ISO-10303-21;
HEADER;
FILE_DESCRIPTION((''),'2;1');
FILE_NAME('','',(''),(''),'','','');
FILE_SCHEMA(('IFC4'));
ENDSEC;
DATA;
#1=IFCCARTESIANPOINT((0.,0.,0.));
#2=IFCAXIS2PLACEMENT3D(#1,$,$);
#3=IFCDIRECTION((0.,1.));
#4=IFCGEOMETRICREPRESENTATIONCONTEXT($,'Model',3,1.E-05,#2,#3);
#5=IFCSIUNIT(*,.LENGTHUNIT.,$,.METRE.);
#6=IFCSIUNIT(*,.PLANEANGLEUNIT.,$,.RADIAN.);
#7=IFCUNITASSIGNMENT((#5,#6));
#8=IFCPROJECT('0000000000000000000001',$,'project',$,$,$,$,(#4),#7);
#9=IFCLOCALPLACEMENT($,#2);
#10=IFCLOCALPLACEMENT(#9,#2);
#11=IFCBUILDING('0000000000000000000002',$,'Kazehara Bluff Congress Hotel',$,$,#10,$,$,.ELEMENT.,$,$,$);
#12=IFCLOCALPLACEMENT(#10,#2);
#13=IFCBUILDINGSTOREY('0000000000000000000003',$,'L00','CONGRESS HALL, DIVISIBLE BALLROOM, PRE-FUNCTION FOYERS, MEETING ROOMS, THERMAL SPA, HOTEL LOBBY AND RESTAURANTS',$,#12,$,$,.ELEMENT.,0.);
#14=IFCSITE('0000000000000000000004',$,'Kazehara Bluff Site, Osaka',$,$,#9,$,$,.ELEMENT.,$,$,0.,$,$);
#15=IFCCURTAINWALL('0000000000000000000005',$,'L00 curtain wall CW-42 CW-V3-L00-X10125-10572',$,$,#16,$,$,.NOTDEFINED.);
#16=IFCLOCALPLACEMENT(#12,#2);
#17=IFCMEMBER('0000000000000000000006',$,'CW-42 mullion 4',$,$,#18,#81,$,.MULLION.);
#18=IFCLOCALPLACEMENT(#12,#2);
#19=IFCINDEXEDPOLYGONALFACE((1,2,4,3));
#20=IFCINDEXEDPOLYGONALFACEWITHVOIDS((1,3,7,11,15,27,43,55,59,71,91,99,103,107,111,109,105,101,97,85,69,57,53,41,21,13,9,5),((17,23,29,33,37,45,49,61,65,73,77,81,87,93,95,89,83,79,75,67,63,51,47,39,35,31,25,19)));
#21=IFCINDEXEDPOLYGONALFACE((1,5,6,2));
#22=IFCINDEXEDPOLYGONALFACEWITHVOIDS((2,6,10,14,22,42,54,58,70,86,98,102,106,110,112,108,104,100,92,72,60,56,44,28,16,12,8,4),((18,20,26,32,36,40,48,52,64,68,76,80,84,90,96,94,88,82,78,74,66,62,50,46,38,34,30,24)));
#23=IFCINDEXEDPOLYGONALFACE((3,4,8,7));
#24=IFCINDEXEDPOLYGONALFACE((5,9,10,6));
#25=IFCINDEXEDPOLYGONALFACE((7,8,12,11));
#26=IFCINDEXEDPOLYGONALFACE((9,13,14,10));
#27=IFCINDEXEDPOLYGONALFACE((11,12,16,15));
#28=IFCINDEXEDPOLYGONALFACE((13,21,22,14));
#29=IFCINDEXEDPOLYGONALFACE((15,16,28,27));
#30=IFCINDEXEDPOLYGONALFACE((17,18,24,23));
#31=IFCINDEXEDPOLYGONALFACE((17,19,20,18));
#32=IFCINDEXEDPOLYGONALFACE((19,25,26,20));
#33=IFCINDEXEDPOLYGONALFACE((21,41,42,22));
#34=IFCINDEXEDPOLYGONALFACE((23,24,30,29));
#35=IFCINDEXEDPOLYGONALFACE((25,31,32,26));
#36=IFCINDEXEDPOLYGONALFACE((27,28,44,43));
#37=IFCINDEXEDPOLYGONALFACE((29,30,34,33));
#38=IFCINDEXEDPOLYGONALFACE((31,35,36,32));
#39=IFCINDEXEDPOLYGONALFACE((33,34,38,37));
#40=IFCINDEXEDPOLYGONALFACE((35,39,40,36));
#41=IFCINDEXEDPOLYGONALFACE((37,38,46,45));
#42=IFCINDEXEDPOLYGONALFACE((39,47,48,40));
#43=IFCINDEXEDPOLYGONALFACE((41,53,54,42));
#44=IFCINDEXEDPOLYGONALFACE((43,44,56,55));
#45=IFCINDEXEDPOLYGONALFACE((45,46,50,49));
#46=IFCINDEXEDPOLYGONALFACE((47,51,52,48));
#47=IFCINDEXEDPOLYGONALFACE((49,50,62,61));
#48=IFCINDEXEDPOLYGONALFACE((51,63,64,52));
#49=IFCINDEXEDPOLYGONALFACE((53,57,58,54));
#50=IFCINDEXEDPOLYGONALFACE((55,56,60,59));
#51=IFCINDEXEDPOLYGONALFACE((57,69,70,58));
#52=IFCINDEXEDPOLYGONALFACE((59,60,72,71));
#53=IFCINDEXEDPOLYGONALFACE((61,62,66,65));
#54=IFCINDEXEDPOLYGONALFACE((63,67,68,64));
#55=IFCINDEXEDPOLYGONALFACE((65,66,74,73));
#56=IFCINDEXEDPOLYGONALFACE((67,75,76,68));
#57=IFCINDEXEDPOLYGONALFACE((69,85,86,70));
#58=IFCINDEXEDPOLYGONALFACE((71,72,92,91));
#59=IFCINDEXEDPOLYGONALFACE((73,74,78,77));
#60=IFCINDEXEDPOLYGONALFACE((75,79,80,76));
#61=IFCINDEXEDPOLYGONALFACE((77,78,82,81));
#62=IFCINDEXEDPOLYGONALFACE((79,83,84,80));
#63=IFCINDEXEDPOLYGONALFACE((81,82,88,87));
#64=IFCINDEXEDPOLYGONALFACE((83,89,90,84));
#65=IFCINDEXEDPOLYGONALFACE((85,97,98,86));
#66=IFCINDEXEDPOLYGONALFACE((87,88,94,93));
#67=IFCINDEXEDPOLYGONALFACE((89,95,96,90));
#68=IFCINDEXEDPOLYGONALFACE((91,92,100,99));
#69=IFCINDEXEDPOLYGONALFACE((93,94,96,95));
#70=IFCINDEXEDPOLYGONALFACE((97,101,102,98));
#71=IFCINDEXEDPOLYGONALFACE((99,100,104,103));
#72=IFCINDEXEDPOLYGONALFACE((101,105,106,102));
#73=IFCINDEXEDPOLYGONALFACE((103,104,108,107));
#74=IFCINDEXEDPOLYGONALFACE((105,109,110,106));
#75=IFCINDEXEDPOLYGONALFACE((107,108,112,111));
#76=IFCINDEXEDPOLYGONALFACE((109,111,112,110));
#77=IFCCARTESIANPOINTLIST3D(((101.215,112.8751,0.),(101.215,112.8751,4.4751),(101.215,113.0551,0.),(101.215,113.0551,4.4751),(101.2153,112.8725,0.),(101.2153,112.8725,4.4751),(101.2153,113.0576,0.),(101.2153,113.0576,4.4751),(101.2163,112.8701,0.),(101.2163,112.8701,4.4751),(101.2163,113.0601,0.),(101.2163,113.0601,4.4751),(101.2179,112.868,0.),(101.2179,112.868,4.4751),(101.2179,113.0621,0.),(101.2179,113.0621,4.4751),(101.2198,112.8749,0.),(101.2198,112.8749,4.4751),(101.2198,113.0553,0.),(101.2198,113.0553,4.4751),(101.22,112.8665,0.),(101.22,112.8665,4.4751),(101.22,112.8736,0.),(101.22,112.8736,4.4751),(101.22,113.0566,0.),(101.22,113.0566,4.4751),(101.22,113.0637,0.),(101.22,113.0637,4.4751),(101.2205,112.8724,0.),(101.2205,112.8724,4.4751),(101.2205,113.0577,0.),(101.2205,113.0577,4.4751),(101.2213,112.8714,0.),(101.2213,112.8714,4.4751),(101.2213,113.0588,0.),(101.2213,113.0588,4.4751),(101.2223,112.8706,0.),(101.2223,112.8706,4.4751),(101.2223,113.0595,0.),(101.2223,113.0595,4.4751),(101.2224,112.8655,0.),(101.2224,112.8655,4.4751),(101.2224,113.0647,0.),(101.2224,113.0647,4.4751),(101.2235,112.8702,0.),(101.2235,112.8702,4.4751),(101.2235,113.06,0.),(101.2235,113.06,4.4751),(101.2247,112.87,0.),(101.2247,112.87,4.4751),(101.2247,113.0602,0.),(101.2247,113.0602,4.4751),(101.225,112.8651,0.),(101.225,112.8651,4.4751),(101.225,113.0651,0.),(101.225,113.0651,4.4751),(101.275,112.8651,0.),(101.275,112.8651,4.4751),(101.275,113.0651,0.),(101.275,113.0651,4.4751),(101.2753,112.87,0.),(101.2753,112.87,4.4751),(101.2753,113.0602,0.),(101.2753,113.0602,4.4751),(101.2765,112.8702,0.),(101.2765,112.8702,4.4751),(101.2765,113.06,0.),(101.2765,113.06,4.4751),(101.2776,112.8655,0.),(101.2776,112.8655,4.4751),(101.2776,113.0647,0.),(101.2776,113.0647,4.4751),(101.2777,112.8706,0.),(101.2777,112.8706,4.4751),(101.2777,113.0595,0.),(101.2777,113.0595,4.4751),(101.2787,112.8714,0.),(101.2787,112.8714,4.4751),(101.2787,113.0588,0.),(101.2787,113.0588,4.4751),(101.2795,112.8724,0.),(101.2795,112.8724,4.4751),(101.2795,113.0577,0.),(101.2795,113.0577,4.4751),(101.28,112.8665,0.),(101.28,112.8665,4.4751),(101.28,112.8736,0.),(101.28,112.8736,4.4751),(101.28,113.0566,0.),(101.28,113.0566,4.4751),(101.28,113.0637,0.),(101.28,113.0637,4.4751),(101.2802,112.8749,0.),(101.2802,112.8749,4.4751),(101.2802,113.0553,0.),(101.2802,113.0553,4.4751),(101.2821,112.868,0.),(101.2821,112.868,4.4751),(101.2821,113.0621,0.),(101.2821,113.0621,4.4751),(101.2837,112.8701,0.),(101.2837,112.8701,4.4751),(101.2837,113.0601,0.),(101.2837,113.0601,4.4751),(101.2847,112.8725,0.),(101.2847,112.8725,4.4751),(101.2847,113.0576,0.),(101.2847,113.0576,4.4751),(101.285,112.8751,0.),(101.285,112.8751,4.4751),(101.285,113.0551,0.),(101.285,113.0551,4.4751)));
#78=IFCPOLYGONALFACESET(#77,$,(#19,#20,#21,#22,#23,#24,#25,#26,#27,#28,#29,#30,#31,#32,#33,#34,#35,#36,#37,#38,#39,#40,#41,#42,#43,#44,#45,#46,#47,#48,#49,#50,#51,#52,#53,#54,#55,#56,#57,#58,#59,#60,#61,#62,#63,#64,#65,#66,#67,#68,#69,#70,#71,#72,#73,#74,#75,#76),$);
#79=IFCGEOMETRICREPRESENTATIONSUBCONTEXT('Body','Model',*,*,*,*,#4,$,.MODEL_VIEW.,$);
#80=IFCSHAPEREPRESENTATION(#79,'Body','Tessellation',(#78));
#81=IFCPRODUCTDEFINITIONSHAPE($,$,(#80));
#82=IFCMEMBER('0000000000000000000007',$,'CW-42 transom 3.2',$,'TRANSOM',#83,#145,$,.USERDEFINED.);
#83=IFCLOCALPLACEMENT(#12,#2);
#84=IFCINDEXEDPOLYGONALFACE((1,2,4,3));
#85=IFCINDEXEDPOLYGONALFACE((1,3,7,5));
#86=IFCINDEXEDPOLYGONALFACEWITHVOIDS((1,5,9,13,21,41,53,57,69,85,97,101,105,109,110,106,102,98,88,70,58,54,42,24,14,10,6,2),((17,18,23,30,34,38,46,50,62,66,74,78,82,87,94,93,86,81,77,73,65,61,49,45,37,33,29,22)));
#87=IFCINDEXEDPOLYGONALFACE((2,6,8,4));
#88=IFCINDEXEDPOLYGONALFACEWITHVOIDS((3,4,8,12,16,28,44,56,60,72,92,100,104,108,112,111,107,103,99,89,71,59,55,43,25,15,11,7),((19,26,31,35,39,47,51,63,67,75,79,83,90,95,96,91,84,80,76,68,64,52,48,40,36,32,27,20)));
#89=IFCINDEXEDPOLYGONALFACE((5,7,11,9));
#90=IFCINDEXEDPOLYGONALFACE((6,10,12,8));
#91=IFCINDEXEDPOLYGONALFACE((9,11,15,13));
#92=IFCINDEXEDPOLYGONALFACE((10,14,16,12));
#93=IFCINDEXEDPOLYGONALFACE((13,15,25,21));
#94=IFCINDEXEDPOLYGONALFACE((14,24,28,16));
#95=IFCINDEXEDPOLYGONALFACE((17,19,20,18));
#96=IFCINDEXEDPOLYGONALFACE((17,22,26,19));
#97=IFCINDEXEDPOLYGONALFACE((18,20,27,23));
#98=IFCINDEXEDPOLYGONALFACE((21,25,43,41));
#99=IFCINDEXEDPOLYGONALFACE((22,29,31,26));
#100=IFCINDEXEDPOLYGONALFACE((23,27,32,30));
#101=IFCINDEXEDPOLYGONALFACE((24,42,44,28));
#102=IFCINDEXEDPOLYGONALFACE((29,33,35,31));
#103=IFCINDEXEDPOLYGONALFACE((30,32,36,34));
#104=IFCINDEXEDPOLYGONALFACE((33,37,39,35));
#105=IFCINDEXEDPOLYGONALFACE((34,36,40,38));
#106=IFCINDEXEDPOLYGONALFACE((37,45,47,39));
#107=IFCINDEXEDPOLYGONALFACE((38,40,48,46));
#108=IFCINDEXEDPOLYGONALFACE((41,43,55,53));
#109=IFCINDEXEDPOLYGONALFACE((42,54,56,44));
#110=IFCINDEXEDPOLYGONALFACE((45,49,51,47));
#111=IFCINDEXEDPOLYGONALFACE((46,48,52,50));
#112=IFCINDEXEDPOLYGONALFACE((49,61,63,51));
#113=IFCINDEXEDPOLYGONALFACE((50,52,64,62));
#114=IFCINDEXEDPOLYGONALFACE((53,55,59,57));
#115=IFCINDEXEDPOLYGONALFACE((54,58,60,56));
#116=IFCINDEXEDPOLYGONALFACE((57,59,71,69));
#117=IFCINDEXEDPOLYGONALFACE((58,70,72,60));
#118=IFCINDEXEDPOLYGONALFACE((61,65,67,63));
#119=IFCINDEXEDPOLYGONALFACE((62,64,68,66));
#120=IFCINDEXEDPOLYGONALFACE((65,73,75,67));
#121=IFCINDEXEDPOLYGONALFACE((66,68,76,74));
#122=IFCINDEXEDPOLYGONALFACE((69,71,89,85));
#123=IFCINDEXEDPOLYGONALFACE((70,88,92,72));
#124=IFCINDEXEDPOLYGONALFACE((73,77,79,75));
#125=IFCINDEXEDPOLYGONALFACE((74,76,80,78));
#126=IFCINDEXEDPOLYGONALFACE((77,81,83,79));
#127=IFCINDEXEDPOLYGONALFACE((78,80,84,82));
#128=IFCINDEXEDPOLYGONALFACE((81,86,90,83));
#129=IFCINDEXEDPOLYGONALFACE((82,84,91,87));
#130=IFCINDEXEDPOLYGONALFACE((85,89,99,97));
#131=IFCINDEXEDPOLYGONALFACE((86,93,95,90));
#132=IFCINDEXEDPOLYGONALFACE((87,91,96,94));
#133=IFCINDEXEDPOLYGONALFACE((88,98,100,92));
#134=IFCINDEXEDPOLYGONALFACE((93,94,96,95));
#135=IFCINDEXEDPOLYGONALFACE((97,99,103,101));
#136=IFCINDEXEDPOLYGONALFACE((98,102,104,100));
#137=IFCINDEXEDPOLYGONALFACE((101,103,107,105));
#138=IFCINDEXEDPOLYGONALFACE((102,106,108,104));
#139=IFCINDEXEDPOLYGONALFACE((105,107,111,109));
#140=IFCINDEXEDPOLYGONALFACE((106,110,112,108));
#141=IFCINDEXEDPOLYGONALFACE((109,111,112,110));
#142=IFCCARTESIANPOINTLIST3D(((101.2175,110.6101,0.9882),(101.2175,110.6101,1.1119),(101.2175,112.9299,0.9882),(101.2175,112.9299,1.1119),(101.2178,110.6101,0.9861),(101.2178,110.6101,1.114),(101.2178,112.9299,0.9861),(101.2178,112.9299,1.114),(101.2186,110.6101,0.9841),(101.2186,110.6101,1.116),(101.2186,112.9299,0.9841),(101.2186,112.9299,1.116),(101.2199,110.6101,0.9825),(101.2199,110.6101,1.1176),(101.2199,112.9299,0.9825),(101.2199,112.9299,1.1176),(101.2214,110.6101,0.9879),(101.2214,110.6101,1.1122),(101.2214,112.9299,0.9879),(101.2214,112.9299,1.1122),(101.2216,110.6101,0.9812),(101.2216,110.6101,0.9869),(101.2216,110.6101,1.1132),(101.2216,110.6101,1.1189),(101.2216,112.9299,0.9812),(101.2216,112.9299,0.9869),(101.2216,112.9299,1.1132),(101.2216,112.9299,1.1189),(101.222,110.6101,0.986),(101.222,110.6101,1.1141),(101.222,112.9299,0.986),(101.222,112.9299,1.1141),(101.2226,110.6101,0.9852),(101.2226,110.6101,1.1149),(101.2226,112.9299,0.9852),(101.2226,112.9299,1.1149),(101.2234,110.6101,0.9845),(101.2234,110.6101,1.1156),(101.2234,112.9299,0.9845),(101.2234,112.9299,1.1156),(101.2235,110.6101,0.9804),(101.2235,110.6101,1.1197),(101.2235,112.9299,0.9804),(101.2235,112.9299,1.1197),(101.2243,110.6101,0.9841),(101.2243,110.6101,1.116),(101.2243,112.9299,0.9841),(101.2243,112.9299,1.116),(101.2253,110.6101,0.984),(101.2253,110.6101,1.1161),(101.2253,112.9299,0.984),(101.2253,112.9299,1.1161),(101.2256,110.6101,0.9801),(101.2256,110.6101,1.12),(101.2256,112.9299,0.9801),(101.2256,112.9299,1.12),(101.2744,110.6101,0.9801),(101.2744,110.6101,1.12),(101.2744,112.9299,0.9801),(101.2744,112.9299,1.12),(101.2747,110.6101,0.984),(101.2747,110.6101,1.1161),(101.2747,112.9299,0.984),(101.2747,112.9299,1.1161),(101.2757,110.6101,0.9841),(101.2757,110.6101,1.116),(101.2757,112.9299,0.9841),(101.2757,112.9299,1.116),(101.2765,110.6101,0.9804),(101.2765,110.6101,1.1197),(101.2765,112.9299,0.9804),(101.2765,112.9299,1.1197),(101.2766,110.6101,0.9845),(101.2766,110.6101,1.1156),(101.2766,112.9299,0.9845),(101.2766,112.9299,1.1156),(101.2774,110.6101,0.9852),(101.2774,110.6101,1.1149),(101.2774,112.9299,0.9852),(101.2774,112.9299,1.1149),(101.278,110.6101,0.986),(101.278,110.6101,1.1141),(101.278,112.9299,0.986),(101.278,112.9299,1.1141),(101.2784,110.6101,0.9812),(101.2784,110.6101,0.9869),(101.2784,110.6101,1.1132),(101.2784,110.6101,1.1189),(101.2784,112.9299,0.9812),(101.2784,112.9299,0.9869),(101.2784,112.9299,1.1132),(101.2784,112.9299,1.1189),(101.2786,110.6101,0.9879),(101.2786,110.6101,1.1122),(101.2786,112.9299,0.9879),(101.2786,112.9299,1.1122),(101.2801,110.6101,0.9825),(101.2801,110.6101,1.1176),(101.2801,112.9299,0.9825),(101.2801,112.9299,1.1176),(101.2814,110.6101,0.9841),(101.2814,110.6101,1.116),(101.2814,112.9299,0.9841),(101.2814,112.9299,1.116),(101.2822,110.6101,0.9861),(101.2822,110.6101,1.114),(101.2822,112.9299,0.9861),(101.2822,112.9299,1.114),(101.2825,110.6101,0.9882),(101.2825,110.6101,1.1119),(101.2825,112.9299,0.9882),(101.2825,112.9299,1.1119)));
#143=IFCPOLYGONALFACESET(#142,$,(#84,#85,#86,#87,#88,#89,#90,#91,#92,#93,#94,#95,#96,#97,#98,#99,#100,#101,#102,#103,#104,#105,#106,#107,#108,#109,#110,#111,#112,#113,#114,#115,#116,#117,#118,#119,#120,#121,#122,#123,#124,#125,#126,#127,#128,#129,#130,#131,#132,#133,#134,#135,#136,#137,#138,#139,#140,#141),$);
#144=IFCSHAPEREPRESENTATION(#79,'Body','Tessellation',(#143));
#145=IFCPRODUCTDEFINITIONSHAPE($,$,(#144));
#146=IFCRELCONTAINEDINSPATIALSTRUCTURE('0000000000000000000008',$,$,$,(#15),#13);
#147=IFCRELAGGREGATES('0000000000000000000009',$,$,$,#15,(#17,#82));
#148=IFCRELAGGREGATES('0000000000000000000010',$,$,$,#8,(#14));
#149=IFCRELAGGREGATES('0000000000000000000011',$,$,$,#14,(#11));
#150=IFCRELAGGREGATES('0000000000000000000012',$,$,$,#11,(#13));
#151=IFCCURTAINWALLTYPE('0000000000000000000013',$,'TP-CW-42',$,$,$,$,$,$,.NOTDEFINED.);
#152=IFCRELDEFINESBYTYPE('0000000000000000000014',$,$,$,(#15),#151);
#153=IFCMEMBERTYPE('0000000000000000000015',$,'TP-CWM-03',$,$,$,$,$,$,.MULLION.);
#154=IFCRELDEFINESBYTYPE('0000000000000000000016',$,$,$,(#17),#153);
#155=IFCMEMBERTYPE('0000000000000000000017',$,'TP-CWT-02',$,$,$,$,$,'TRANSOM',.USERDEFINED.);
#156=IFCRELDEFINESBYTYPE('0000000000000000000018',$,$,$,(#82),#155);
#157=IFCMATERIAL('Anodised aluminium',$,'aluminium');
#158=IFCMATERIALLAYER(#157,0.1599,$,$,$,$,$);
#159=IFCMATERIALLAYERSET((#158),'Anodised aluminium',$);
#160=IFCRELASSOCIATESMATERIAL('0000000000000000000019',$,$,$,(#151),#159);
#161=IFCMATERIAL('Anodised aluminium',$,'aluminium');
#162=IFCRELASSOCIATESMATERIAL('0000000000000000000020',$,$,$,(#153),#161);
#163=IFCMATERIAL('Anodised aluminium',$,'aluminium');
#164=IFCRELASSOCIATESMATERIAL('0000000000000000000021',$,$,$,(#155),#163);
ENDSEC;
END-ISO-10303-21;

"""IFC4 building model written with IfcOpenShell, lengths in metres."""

from ifc_helpers import new_model, si_unit, direction, frame, origin, origin_2d, place, context, subcontext, project, spatial, hollow_rectangle, extrude, material, layer, layer_set, material_profile, profile_set, type_object, element, aggregate, save


model = new_model("IFC4")

# Units and contexts
model_context = context("Model", 3, precision=1e-05, world=origin(), true_north=direction((0.0, 1.0)))
body_context = subcontext(model_context, "Body", "Model", "MODEL_VIEW")
ifc_project = project(units=[si_unit("LENGTHUNIT", "METRE"), si_unit("PLANEANGLEUNIT", "RADIAN")], contexts=[model_context])

# Site, building, storey
site_placement = place(None, origin())
site = spatial("IfcSite", under=ifc_project, at=site_placement, Name="Kazehara Bluff Site, Osaka", CompositionType="ELEMENT", RefElevation=0.0)
building_placement = place(site_placement, origin())
building = spatial("IfcBuilding", under=site, at=building_placement, Name="Kazehara Bluff Congress Hotel", CompositionType="ELEMENT")
storey_placement = place(building_placement, origin())
storey = spatial("IfcBuildingStorey", under=building, at=storey_placement, Name="L00", Description="CONGRESS HALL, DIVISIBLE BALLROOM, PRE-FUNCTION FOYERS, MEETING ROOMS, THERMAL SPA, HOTEL LOBBY AND RESTAURANTS", CompositionType="ELEMENT", Elevation=0.0)

# Curtain wall, members
ifc_material_1 = material(Name="Anodised aluminium", Category="aluminium")
ifc_layer_1 = layer(ifc_material_1, 0.1599)
ifc_layer_set_1 = layer_set([ifc_layer_1], Name="Anodised aluminium")
curtain_wall_type = type_object("IfcCurtainWallType", Name="TP-CW-42", PredefinedType="NOTDEFINED", material=ifc_layer_set_1)
curtain_wall_placement = place(storey_placement, origin())
curtain_wall = element("IfcCurtainWall", 1, at=curtain_wall_placement, inside=storey, type_object=curtain_wall_type, Name="L00 curtain wall CW-42 CW-V3-L00-X10125-10572", PredefinedType="NOTDEFINED")
ifc_material_2 = material(Name="Anodised aluminium", Category="aluminium")
ifc_material_profile_1 = material_profile(ifc_material_2, hollow_rectangle(XDim=0.0701, YDim=0.2, WallThickness=0.0049, InnerFilletRadius=0.0049, OuterFilletRadius=0.01, at=origin_2d()))
ifc_profile_set_1 = profile_set([ifc_material_profile_1], Name="Anodised aluminium")
member_type_1 = type_object("IfcMemberType", Name="TP-CWM-03", PredefinedType="MULLION", material=ifc_profile_set_1)
member_1_placement = place(storey_placement, frame((101.25, 112.9651, 0.0), z_axis=(0.0, 0.0, 1.0), x_axis=(-1.0, 0.0, 0.0)))
member_1 = element("IfcMember", 2, at=member_1_placement, type_object=member_type_1, Name="CW-42 mullion 4", PredefinedType="MULLION", context=body_context, shape_type="SweptSolid", body=[
    extrude(hollow_rectangle(XDim=0.0701, YDim=0.2, WallThickness=0.0049, InnerFilletRadius=0.0049, OuterFilletRadius=0.01, at=origin_2d()), origin(), (0.0, 0.0, 1.0), 4.4751),
])
ifc_material_3 = material(Name="Anodised aluminium", Category="aluminium")
ifc_material_profile_2 = material_profile(ifc_material_3, hollow_rectangle(XDim=0.0649, YDim=0.1399, WallThickness=0.0039, InnerFilletRadius=0.0039, OuterFilletRadius=0.0081, at=origin_2d()))
ifc_profile_set_2 = profile_set([ifc_material_profile_2], Name="Anodised aluminium")
member_type_2 = type_object("IfcMemberType", Name="TP-CWT-02", ElementType="TRANSOM", PredefinedType="USERDEFINED", material=ifc_profile_set_2)
member_2_placement = place(storey_placement, frame((101.25, 110.6101, 1.05), z_axis=(0.0, 1.0, 0.0), x_axis=(-1.0, 0.0, 0.0)))
member_2 = element("IfcMember", 3, at=member_2_placement, type_object=member_type_2, Name="CW-42 transom 3.2", ObjectType="TRANSOM", PredefinedType="USERDEFINED", context=body_context, shape_type="SweptSolid", body=[
    extrude(hollow_rectangle(XDim=0.0649, YDim=0.1399, WallThickness=0.0039, InnerFilletRadius=0.0039, OuterFilletRadius=0.0081, at=origin_2d()), origin(), (0.0, 0.0, 1.0), 2.3198),
])
aggregate(curtain_wall, [member_1, member_2])

save(model, "model.ifc")
